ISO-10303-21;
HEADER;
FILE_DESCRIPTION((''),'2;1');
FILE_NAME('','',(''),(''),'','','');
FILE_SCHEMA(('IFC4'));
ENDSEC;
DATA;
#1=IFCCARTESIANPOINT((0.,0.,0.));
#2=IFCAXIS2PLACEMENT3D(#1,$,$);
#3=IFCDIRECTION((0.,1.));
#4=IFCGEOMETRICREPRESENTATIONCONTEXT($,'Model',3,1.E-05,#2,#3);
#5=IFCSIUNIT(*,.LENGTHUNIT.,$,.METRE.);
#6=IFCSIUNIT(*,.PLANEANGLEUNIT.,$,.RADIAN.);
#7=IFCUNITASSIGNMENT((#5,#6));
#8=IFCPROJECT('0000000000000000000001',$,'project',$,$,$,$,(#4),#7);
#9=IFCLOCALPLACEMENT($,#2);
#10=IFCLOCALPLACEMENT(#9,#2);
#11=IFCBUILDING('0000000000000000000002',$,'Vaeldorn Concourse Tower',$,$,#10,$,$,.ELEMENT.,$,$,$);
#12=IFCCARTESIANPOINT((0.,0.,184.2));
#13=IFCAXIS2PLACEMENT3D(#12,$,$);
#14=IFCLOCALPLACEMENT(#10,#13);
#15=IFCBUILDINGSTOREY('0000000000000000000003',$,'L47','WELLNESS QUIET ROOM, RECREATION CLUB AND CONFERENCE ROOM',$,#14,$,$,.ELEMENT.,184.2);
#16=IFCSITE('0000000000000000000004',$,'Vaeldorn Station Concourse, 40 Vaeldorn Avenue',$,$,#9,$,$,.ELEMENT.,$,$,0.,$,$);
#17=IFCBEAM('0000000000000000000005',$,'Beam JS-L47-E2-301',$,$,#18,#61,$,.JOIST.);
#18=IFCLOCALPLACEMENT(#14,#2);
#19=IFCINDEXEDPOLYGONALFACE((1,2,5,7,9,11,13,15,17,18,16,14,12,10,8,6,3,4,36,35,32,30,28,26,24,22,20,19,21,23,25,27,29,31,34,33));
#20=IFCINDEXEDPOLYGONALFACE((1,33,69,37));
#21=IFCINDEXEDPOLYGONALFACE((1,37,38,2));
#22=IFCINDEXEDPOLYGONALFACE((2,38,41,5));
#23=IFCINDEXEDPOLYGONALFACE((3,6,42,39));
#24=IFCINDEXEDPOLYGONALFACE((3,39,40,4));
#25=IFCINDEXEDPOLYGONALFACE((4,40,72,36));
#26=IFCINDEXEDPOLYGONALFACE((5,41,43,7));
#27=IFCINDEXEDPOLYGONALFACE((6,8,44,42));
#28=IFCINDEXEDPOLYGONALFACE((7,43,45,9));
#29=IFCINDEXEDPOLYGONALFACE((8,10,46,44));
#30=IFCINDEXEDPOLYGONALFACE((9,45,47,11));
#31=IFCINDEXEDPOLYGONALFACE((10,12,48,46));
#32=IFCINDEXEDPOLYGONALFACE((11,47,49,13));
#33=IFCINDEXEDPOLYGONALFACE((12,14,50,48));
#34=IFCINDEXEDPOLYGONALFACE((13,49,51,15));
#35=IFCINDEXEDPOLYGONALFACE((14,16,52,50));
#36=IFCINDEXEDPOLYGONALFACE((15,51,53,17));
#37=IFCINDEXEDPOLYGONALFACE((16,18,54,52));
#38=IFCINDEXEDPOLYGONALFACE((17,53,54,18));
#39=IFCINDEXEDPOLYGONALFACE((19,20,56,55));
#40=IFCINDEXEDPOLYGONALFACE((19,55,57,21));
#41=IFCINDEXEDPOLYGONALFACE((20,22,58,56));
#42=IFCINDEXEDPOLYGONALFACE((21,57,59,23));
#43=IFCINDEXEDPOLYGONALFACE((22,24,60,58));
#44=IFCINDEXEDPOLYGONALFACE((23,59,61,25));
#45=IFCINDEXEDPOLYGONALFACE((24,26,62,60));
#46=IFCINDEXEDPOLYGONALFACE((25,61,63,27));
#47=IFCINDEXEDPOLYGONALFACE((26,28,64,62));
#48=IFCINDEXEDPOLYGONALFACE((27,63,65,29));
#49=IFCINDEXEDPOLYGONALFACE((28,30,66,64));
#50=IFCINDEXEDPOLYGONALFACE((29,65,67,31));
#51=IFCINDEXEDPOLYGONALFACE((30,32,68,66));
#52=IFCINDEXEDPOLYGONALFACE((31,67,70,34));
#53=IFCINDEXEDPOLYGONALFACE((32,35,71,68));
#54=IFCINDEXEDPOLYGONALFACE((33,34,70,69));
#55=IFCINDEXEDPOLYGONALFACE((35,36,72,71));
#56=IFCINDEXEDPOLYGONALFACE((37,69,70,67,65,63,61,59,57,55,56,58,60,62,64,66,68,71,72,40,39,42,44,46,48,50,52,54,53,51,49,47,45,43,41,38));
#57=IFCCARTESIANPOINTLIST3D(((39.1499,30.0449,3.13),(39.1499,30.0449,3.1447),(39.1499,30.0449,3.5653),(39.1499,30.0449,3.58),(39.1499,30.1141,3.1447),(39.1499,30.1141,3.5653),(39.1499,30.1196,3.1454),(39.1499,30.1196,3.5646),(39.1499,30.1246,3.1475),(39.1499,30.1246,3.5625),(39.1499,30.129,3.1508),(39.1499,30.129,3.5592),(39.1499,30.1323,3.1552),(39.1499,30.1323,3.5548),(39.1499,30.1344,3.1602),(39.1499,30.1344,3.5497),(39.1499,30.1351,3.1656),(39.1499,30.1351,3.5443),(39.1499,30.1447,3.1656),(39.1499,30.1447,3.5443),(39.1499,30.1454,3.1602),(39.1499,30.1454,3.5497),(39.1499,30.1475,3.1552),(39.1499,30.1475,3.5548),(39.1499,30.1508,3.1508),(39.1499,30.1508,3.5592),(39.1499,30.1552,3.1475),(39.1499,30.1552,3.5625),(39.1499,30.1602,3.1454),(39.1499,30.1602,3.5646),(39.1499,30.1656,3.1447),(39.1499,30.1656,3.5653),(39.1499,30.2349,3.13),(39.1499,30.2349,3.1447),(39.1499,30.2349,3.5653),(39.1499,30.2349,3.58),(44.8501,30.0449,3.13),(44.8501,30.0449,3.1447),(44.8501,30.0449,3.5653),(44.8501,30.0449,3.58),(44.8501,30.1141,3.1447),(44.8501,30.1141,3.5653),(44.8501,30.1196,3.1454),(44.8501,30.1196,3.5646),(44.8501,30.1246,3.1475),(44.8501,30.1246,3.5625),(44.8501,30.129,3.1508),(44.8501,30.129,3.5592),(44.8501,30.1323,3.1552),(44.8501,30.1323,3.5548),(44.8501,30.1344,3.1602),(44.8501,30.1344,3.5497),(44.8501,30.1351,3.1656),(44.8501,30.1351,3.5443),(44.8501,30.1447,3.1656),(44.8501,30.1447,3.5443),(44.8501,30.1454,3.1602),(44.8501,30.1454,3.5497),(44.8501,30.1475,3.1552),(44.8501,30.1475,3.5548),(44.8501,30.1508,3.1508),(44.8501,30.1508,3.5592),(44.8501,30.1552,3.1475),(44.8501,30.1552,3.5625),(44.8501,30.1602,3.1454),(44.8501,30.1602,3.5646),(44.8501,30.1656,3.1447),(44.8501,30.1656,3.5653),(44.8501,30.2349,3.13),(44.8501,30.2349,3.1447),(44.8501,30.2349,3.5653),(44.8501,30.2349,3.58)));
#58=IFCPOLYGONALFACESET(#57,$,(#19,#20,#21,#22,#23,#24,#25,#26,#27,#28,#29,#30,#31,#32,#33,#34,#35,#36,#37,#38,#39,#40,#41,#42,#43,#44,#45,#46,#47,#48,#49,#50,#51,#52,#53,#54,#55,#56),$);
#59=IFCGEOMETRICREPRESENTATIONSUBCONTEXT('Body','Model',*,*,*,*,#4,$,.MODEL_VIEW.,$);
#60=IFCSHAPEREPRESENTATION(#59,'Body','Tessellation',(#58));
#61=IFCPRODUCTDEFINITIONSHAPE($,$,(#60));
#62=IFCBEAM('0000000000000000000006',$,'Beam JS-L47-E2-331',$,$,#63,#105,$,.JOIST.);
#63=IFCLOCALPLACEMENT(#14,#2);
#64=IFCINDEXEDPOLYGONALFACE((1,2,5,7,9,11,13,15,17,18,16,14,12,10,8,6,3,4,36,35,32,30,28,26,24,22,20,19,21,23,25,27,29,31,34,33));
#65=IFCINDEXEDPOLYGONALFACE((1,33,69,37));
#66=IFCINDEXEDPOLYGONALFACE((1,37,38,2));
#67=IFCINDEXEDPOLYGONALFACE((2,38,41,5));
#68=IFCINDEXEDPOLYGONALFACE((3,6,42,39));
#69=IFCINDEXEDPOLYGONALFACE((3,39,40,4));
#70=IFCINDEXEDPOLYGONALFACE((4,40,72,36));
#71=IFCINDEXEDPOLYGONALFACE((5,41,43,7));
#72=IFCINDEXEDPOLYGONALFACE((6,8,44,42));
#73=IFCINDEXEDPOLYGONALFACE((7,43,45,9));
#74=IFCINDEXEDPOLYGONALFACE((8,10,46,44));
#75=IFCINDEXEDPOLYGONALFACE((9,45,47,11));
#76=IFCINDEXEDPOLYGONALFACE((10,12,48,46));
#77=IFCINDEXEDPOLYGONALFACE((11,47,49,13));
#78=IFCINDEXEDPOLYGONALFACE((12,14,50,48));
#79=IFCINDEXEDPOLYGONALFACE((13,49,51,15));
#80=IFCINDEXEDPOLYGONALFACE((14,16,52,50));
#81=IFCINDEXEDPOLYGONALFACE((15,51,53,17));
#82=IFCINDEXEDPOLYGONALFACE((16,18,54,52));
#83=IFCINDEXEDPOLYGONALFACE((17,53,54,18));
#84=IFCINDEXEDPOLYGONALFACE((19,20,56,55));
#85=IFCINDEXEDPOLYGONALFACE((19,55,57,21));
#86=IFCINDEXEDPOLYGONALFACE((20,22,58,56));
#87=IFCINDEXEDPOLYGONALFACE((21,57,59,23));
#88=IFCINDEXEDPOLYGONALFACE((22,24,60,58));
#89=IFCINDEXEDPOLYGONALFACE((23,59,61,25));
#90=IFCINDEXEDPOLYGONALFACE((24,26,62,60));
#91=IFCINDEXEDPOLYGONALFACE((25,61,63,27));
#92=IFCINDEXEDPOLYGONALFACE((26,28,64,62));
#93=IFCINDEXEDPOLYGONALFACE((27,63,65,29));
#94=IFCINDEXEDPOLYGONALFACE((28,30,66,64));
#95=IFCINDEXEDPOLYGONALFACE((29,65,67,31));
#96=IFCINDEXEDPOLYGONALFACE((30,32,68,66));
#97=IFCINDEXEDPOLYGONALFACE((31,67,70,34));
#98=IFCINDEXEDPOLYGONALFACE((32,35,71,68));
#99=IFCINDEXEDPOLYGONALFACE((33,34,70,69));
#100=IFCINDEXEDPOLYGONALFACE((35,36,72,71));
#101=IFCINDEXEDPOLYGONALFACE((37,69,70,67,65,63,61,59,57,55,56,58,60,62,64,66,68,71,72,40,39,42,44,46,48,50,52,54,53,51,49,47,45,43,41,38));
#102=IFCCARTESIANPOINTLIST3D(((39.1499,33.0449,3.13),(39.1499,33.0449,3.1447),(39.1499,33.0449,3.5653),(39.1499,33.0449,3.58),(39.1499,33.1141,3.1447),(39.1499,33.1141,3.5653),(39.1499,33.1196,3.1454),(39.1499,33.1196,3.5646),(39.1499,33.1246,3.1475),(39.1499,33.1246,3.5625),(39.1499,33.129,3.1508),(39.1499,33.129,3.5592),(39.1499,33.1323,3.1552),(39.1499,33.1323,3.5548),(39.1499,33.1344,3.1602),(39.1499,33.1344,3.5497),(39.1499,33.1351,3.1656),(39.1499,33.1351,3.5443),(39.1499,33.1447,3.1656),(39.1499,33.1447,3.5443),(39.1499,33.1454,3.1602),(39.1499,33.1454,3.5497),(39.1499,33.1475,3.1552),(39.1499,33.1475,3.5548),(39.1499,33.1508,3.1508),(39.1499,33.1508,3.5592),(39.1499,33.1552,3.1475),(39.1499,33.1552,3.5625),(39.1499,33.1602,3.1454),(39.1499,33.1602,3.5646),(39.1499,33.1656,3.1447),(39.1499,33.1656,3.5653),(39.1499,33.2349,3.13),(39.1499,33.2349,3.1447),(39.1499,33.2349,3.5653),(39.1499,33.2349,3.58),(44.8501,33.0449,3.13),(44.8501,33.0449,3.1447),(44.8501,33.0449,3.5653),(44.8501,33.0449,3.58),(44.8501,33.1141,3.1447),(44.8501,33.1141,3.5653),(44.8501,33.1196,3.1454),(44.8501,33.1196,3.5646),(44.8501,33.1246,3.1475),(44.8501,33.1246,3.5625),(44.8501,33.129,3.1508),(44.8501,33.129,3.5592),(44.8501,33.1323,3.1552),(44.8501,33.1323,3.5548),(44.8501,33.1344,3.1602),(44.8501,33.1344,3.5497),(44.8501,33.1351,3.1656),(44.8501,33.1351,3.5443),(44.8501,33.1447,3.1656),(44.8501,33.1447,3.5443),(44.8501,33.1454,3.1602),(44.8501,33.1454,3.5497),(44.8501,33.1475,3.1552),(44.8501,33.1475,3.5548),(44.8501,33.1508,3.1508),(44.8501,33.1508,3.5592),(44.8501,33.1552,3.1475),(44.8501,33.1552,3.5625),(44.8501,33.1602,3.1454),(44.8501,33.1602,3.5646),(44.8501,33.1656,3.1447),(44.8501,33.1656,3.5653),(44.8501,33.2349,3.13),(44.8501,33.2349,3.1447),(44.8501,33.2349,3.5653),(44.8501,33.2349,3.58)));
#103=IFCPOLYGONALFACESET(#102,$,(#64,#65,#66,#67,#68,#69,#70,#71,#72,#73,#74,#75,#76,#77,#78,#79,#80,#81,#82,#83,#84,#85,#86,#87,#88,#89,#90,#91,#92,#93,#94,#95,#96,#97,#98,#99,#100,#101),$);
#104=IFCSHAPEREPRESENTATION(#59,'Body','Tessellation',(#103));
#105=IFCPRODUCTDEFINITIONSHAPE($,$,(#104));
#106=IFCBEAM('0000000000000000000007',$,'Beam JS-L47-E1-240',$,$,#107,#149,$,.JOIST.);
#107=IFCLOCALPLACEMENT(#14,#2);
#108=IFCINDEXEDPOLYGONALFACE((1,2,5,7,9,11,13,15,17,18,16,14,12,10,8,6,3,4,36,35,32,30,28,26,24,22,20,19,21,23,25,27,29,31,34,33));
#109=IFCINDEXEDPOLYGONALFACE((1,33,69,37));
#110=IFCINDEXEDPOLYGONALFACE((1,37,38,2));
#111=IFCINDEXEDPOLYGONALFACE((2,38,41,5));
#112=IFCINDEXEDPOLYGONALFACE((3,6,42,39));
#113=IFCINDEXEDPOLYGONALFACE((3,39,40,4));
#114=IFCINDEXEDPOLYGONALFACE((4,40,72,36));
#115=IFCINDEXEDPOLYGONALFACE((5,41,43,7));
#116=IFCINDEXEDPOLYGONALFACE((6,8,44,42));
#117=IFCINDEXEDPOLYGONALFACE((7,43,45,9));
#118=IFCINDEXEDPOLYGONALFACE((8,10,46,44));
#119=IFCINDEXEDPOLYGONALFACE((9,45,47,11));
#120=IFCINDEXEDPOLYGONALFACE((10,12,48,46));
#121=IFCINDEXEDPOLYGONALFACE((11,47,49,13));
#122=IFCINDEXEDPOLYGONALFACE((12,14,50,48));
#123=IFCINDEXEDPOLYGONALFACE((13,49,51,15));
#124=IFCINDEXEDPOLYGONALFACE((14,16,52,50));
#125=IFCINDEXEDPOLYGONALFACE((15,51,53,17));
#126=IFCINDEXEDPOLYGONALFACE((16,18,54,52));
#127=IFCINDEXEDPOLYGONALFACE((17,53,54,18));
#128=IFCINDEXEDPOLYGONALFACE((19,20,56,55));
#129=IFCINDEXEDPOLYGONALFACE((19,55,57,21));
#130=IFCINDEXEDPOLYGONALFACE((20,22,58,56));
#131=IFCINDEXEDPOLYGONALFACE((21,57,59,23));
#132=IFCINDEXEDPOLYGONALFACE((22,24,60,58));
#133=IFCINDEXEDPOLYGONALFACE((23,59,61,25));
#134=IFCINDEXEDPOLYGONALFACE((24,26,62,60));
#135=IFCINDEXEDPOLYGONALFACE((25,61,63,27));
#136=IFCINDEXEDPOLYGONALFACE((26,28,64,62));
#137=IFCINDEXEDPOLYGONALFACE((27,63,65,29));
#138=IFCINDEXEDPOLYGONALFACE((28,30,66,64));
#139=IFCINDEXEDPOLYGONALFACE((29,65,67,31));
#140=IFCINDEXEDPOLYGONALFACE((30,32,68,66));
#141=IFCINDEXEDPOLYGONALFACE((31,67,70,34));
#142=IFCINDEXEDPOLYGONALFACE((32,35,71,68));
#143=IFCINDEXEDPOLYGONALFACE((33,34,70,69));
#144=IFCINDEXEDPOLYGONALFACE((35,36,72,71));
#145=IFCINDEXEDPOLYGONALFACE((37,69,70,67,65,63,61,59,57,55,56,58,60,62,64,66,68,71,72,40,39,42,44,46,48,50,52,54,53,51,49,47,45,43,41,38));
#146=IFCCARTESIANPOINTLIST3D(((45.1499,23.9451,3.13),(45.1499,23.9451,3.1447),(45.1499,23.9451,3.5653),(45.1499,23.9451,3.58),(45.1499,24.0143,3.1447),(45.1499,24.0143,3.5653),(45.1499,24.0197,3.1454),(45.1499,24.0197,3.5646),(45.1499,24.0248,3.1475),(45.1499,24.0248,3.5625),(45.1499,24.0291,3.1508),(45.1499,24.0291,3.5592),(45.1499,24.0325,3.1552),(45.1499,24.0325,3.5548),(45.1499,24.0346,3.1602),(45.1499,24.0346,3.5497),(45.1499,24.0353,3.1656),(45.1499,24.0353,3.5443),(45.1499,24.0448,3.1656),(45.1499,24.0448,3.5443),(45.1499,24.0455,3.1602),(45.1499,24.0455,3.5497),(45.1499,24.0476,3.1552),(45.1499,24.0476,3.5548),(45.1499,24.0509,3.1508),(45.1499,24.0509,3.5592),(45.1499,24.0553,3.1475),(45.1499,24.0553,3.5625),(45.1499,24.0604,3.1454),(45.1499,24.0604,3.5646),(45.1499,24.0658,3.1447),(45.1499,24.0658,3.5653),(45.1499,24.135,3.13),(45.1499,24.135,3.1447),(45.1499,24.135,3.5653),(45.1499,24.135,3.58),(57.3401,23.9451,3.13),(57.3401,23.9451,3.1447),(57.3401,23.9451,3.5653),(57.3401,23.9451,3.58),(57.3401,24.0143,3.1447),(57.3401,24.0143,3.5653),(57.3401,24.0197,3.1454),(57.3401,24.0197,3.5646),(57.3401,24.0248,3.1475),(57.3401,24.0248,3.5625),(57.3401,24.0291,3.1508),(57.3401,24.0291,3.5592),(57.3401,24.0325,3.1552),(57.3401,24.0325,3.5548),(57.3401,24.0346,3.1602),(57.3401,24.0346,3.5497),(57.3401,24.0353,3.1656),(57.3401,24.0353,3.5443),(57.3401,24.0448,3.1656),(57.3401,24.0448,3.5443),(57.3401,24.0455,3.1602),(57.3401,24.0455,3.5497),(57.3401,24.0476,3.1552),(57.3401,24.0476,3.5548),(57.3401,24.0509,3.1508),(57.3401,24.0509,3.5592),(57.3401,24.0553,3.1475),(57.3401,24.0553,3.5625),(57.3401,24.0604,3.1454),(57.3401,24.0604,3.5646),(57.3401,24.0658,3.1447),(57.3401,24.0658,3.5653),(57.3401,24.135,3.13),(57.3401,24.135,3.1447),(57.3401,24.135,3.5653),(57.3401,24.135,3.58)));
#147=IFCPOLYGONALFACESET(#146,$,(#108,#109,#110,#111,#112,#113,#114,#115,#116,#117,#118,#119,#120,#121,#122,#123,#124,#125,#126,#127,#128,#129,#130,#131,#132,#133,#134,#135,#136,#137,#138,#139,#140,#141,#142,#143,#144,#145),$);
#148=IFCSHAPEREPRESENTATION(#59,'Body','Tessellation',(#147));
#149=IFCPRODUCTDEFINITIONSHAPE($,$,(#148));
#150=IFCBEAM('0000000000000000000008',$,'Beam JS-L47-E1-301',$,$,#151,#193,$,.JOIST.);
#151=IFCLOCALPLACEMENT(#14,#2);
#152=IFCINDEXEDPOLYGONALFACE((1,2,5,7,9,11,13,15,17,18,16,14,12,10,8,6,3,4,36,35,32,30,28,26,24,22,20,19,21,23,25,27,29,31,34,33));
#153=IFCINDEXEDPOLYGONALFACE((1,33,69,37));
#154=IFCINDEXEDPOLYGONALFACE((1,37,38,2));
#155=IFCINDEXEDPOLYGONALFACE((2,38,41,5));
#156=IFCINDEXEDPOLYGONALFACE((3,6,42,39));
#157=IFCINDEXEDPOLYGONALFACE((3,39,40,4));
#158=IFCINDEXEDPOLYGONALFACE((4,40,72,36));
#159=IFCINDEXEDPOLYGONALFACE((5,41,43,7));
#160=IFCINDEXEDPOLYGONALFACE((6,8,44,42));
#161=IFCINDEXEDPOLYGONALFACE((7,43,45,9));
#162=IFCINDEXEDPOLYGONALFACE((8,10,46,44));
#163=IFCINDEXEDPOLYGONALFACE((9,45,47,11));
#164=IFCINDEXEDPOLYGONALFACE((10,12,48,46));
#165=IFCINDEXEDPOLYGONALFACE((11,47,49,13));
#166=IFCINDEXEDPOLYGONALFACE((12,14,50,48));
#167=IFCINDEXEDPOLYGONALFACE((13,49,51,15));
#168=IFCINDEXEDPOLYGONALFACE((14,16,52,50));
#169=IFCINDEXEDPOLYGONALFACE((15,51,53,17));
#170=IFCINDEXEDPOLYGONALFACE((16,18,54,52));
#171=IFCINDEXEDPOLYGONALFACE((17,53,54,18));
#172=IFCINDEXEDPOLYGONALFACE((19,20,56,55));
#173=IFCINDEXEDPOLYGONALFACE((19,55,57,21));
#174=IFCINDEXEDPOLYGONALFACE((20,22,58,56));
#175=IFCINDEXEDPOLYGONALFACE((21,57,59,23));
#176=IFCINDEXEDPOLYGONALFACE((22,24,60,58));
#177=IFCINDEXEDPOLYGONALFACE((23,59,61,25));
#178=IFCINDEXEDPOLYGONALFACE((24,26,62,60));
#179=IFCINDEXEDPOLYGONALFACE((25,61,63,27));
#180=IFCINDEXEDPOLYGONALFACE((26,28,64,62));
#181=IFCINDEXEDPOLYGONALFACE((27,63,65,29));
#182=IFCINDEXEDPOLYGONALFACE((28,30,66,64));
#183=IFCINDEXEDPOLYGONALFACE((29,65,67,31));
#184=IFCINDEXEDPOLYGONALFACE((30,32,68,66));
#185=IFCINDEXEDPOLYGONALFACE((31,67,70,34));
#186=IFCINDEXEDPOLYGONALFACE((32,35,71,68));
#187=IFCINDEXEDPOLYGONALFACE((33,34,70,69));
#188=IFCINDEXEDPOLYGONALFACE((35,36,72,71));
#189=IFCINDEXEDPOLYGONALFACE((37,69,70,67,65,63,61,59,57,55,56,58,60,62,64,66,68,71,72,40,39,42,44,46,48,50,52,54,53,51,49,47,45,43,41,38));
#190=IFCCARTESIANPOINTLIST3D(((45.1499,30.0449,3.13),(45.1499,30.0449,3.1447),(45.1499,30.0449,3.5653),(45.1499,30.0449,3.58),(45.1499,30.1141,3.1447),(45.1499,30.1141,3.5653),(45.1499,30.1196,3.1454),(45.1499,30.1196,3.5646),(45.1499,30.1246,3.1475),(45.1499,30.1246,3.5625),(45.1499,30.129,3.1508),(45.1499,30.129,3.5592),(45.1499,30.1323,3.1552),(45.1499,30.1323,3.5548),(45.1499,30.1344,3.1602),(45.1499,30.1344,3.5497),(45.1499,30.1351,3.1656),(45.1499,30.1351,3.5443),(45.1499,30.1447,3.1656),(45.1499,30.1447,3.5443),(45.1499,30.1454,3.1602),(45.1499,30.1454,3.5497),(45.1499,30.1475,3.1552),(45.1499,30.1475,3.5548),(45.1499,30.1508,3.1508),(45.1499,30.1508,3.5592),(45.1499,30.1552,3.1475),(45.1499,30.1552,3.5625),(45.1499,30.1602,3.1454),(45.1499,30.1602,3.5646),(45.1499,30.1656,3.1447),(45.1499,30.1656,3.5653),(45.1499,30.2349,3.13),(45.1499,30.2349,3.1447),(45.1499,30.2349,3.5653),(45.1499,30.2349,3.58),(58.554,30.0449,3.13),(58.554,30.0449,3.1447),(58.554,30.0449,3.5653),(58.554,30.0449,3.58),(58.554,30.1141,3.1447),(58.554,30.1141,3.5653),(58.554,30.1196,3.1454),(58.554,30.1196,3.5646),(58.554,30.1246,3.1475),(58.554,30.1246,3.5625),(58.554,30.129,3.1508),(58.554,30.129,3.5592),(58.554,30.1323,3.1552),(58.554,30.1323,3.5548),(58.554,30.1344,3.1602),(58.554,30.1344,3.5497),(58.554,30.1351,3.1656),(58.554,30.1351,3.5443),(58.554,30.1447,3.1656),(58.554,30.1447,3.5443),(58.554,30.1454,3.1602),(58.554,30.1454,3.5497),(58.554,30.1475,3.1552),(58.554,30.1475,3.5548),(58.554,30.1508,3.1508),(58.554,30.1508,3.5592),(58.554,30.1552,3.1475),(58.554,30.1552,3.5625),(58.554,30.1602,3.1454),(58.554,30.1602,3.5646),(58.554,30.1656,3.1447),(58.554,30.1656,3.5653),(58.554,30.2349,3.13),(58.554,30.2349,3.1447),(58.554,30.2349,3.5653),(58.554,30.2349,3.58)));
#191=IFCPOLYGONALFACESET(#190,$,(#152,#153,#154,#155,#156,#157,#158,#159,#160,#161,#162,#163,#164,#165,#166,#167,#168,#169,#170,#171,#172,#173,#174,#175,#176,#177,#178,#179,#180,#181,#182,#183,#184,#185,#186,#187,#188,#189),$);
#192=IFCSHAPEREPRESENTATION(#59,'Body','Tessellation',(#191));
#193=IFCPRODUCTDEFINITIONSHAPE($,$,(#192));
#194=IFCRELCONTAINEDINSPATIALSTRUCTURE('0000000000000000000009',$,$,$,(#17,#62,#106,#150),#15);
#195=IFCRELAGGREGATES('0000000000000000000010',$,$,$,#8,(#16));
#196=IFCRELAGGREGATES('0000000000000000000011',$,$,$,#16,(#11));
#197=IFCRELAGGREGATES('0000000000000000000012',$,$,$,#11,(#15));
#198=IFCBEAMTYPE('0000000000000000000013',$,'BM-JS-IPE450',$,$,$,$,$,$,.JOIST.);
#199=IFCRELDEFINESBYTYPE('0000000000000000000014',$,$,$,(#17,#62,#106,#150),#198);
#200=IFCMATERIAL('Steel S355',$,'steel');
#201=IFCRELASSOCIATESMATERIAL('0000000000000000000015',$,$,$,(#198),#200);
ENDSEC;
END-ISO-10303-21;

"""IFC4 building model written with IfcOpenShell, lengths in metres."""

from ifc_helpers import new_model, si_unit, direction, frame, origin, origin_2d, place, context, subcontext, project, spatial, i_section, extrude, source, transform, mapped, material, material_profile, profile_set, type_object, element, save


model = new_model("IFC4")

# Units and contexts
model_context = context("Model", 3, precision=1e-05, world=origin(), true_north=direction((0.0, 1.0)))
body_context = subcontext(model_context, "Body", "Model", "MODEL_VIEW")
ifc_project = project(units=[si_unit("LENGTHUNIT", "METRE"), si_unit("PLANEANGLEUNIT", "RADIAN")], contexts=[model_context])

# Site, building, storey
site_placement = place(None, origin())
site = spatial("IfcSite", under=ifc_project, at=site_placement, Name="Vaeldorn Station Concourse, 40 Vaeldorn Avenue", CompositionType="ELEMENT", RefElevation=0.0)
building_placement = place(site_placement, origin())
building = spatial("IfcBuilding", under=site, at=building_placement, Name="Vaeldorn Concourse Tower", CompositionType="ELEMENT")
storey_placement = place(building_placement, frame((0.0, 0.0, 184.2)))
storey = spatial("IfcBuildingStorey", under=building, at=storey_placement, Name="L47", Description="WELLNESS QUIET ROOM, RECREATION CLUB AND CONFERENCE ROOM", CompositionType="ELEMENT", Elevation=184.2)

# Shared definitions
ifc_material_1 = material(Name="Steel S355", Category="steel")

# Beams
ifc_material_profile_1 = material_profile(ifc_material_1, i_section(OverallWidth=0.1899, OverallDepth=0.45, WebThickness=0.0095, FlangeThickness=0.0146, FilletRadius=0.021, at=origin_2d()), Name="IPE 450")
ifc_profile_set_1 = profile_set([ifc_material_profile_1], Name="Steel S355")
beam_type_1 = type_object("IfcBeamType", Name="BM-JS-IPE450", PredefinedType="JOIST", material=ifc_profile_set_1)
shared_shape_1 = source(origin(), body_context, "Body", "SweptSolid", [
    extrude(i_section(OverallWidth=0.1899, OverallDepth=0.45, WebThickness=0.0095, FlangeThickness=0.0146, FilletRadius=0.021, at=origin_2d()), origin(), (0.0, 0.0, 1.0), 5.7002),
])
for number, where, z_axis, x_axis, name in (
    (1, (39.1499, 30.1399, 3.355), (1.0, 0.0, 0.0), (0.0, 1.0, 0.0), "Beam JS-L47-E2-301"),
    (2, (39.1499, 33.1399, 3.355), (1.0, 0.0, 0.0), (0.0, 1.0, 0.0), "Beam JS-L47-E2-331"),
):
    element("IfcBeam", number, at=place(storey_placement, frame(where, z_axis=z_axis, x_axis=x_axis)), inside=storey, type_object=beam_type_1, Name=name, PredefinedType="JOIST", context=body_context, shape_type="MappedRepresentation", body=[
        mapped(shared_shape_1, transform((0.0, 0.0, 0.0), scale=1.0)),
    ])
shared_shape_2 = source(origin(), body_context, "Body", "SweptSolid", [
    extrude(i_section(OverallWidth=0.1899, OverallDepth=0.45, WebThickness=0.0095, FlangeThickness=0.0146, FilletRadius=0.021, at=origin_2d()), origin(), (0.0, 0.0, 1.0), 12.1902),
])
beam_1_placement = place(storey_placement, frame((45.1499, 24.04, 3.355), z_axis=(1.0, 0.0, 0.0), x_axis=(0.0, 1.0, 0.0)))
element("IfcBeam", 3, at=beam_1_placement, inside=storey, type_object=beam_type_1, Name="Beam JS-L47-E1-240", PredefinedType="JOIST", context=body_context, shape_type="MappedRepresentation", body=[
    mapped(shared_shape_2, transform((0.0, 0.0, 0.0), scale=1.0)),
])
shared_shape_3 = source(origin(), body_context, "Body", "SweptSolid", [
    extrude(i_section(OverallWidth=0.1899, OverallDepth=0.45, WebThickness=0.0095, FlangeThickness=0.0146, FilletRadius=0.021, at=origin_2d()), origin(), (0.0, 0.0, 1.0), 13.4041),
])
beam_2_placement = place(storey_placement, frame((45.1499, 30.1399, 3.355), z_axis=(1.0, 0.0, 0.0), x_axis=(0.0, 1.0, 0.0)))
element("IfcBeam", 4, at=beam_2_placement, inside=storey, type_object=beam_type_1, Name="Beam JS-L47-E1-301", PredefinedType="JOIST", context=body_context, shape_type="MappedRepresentation", body=[
    mapped(shared_shape_3, transform((0.0, 0.0, 0.0), scale=1.0)),
])

save(model, "model.ifc")
